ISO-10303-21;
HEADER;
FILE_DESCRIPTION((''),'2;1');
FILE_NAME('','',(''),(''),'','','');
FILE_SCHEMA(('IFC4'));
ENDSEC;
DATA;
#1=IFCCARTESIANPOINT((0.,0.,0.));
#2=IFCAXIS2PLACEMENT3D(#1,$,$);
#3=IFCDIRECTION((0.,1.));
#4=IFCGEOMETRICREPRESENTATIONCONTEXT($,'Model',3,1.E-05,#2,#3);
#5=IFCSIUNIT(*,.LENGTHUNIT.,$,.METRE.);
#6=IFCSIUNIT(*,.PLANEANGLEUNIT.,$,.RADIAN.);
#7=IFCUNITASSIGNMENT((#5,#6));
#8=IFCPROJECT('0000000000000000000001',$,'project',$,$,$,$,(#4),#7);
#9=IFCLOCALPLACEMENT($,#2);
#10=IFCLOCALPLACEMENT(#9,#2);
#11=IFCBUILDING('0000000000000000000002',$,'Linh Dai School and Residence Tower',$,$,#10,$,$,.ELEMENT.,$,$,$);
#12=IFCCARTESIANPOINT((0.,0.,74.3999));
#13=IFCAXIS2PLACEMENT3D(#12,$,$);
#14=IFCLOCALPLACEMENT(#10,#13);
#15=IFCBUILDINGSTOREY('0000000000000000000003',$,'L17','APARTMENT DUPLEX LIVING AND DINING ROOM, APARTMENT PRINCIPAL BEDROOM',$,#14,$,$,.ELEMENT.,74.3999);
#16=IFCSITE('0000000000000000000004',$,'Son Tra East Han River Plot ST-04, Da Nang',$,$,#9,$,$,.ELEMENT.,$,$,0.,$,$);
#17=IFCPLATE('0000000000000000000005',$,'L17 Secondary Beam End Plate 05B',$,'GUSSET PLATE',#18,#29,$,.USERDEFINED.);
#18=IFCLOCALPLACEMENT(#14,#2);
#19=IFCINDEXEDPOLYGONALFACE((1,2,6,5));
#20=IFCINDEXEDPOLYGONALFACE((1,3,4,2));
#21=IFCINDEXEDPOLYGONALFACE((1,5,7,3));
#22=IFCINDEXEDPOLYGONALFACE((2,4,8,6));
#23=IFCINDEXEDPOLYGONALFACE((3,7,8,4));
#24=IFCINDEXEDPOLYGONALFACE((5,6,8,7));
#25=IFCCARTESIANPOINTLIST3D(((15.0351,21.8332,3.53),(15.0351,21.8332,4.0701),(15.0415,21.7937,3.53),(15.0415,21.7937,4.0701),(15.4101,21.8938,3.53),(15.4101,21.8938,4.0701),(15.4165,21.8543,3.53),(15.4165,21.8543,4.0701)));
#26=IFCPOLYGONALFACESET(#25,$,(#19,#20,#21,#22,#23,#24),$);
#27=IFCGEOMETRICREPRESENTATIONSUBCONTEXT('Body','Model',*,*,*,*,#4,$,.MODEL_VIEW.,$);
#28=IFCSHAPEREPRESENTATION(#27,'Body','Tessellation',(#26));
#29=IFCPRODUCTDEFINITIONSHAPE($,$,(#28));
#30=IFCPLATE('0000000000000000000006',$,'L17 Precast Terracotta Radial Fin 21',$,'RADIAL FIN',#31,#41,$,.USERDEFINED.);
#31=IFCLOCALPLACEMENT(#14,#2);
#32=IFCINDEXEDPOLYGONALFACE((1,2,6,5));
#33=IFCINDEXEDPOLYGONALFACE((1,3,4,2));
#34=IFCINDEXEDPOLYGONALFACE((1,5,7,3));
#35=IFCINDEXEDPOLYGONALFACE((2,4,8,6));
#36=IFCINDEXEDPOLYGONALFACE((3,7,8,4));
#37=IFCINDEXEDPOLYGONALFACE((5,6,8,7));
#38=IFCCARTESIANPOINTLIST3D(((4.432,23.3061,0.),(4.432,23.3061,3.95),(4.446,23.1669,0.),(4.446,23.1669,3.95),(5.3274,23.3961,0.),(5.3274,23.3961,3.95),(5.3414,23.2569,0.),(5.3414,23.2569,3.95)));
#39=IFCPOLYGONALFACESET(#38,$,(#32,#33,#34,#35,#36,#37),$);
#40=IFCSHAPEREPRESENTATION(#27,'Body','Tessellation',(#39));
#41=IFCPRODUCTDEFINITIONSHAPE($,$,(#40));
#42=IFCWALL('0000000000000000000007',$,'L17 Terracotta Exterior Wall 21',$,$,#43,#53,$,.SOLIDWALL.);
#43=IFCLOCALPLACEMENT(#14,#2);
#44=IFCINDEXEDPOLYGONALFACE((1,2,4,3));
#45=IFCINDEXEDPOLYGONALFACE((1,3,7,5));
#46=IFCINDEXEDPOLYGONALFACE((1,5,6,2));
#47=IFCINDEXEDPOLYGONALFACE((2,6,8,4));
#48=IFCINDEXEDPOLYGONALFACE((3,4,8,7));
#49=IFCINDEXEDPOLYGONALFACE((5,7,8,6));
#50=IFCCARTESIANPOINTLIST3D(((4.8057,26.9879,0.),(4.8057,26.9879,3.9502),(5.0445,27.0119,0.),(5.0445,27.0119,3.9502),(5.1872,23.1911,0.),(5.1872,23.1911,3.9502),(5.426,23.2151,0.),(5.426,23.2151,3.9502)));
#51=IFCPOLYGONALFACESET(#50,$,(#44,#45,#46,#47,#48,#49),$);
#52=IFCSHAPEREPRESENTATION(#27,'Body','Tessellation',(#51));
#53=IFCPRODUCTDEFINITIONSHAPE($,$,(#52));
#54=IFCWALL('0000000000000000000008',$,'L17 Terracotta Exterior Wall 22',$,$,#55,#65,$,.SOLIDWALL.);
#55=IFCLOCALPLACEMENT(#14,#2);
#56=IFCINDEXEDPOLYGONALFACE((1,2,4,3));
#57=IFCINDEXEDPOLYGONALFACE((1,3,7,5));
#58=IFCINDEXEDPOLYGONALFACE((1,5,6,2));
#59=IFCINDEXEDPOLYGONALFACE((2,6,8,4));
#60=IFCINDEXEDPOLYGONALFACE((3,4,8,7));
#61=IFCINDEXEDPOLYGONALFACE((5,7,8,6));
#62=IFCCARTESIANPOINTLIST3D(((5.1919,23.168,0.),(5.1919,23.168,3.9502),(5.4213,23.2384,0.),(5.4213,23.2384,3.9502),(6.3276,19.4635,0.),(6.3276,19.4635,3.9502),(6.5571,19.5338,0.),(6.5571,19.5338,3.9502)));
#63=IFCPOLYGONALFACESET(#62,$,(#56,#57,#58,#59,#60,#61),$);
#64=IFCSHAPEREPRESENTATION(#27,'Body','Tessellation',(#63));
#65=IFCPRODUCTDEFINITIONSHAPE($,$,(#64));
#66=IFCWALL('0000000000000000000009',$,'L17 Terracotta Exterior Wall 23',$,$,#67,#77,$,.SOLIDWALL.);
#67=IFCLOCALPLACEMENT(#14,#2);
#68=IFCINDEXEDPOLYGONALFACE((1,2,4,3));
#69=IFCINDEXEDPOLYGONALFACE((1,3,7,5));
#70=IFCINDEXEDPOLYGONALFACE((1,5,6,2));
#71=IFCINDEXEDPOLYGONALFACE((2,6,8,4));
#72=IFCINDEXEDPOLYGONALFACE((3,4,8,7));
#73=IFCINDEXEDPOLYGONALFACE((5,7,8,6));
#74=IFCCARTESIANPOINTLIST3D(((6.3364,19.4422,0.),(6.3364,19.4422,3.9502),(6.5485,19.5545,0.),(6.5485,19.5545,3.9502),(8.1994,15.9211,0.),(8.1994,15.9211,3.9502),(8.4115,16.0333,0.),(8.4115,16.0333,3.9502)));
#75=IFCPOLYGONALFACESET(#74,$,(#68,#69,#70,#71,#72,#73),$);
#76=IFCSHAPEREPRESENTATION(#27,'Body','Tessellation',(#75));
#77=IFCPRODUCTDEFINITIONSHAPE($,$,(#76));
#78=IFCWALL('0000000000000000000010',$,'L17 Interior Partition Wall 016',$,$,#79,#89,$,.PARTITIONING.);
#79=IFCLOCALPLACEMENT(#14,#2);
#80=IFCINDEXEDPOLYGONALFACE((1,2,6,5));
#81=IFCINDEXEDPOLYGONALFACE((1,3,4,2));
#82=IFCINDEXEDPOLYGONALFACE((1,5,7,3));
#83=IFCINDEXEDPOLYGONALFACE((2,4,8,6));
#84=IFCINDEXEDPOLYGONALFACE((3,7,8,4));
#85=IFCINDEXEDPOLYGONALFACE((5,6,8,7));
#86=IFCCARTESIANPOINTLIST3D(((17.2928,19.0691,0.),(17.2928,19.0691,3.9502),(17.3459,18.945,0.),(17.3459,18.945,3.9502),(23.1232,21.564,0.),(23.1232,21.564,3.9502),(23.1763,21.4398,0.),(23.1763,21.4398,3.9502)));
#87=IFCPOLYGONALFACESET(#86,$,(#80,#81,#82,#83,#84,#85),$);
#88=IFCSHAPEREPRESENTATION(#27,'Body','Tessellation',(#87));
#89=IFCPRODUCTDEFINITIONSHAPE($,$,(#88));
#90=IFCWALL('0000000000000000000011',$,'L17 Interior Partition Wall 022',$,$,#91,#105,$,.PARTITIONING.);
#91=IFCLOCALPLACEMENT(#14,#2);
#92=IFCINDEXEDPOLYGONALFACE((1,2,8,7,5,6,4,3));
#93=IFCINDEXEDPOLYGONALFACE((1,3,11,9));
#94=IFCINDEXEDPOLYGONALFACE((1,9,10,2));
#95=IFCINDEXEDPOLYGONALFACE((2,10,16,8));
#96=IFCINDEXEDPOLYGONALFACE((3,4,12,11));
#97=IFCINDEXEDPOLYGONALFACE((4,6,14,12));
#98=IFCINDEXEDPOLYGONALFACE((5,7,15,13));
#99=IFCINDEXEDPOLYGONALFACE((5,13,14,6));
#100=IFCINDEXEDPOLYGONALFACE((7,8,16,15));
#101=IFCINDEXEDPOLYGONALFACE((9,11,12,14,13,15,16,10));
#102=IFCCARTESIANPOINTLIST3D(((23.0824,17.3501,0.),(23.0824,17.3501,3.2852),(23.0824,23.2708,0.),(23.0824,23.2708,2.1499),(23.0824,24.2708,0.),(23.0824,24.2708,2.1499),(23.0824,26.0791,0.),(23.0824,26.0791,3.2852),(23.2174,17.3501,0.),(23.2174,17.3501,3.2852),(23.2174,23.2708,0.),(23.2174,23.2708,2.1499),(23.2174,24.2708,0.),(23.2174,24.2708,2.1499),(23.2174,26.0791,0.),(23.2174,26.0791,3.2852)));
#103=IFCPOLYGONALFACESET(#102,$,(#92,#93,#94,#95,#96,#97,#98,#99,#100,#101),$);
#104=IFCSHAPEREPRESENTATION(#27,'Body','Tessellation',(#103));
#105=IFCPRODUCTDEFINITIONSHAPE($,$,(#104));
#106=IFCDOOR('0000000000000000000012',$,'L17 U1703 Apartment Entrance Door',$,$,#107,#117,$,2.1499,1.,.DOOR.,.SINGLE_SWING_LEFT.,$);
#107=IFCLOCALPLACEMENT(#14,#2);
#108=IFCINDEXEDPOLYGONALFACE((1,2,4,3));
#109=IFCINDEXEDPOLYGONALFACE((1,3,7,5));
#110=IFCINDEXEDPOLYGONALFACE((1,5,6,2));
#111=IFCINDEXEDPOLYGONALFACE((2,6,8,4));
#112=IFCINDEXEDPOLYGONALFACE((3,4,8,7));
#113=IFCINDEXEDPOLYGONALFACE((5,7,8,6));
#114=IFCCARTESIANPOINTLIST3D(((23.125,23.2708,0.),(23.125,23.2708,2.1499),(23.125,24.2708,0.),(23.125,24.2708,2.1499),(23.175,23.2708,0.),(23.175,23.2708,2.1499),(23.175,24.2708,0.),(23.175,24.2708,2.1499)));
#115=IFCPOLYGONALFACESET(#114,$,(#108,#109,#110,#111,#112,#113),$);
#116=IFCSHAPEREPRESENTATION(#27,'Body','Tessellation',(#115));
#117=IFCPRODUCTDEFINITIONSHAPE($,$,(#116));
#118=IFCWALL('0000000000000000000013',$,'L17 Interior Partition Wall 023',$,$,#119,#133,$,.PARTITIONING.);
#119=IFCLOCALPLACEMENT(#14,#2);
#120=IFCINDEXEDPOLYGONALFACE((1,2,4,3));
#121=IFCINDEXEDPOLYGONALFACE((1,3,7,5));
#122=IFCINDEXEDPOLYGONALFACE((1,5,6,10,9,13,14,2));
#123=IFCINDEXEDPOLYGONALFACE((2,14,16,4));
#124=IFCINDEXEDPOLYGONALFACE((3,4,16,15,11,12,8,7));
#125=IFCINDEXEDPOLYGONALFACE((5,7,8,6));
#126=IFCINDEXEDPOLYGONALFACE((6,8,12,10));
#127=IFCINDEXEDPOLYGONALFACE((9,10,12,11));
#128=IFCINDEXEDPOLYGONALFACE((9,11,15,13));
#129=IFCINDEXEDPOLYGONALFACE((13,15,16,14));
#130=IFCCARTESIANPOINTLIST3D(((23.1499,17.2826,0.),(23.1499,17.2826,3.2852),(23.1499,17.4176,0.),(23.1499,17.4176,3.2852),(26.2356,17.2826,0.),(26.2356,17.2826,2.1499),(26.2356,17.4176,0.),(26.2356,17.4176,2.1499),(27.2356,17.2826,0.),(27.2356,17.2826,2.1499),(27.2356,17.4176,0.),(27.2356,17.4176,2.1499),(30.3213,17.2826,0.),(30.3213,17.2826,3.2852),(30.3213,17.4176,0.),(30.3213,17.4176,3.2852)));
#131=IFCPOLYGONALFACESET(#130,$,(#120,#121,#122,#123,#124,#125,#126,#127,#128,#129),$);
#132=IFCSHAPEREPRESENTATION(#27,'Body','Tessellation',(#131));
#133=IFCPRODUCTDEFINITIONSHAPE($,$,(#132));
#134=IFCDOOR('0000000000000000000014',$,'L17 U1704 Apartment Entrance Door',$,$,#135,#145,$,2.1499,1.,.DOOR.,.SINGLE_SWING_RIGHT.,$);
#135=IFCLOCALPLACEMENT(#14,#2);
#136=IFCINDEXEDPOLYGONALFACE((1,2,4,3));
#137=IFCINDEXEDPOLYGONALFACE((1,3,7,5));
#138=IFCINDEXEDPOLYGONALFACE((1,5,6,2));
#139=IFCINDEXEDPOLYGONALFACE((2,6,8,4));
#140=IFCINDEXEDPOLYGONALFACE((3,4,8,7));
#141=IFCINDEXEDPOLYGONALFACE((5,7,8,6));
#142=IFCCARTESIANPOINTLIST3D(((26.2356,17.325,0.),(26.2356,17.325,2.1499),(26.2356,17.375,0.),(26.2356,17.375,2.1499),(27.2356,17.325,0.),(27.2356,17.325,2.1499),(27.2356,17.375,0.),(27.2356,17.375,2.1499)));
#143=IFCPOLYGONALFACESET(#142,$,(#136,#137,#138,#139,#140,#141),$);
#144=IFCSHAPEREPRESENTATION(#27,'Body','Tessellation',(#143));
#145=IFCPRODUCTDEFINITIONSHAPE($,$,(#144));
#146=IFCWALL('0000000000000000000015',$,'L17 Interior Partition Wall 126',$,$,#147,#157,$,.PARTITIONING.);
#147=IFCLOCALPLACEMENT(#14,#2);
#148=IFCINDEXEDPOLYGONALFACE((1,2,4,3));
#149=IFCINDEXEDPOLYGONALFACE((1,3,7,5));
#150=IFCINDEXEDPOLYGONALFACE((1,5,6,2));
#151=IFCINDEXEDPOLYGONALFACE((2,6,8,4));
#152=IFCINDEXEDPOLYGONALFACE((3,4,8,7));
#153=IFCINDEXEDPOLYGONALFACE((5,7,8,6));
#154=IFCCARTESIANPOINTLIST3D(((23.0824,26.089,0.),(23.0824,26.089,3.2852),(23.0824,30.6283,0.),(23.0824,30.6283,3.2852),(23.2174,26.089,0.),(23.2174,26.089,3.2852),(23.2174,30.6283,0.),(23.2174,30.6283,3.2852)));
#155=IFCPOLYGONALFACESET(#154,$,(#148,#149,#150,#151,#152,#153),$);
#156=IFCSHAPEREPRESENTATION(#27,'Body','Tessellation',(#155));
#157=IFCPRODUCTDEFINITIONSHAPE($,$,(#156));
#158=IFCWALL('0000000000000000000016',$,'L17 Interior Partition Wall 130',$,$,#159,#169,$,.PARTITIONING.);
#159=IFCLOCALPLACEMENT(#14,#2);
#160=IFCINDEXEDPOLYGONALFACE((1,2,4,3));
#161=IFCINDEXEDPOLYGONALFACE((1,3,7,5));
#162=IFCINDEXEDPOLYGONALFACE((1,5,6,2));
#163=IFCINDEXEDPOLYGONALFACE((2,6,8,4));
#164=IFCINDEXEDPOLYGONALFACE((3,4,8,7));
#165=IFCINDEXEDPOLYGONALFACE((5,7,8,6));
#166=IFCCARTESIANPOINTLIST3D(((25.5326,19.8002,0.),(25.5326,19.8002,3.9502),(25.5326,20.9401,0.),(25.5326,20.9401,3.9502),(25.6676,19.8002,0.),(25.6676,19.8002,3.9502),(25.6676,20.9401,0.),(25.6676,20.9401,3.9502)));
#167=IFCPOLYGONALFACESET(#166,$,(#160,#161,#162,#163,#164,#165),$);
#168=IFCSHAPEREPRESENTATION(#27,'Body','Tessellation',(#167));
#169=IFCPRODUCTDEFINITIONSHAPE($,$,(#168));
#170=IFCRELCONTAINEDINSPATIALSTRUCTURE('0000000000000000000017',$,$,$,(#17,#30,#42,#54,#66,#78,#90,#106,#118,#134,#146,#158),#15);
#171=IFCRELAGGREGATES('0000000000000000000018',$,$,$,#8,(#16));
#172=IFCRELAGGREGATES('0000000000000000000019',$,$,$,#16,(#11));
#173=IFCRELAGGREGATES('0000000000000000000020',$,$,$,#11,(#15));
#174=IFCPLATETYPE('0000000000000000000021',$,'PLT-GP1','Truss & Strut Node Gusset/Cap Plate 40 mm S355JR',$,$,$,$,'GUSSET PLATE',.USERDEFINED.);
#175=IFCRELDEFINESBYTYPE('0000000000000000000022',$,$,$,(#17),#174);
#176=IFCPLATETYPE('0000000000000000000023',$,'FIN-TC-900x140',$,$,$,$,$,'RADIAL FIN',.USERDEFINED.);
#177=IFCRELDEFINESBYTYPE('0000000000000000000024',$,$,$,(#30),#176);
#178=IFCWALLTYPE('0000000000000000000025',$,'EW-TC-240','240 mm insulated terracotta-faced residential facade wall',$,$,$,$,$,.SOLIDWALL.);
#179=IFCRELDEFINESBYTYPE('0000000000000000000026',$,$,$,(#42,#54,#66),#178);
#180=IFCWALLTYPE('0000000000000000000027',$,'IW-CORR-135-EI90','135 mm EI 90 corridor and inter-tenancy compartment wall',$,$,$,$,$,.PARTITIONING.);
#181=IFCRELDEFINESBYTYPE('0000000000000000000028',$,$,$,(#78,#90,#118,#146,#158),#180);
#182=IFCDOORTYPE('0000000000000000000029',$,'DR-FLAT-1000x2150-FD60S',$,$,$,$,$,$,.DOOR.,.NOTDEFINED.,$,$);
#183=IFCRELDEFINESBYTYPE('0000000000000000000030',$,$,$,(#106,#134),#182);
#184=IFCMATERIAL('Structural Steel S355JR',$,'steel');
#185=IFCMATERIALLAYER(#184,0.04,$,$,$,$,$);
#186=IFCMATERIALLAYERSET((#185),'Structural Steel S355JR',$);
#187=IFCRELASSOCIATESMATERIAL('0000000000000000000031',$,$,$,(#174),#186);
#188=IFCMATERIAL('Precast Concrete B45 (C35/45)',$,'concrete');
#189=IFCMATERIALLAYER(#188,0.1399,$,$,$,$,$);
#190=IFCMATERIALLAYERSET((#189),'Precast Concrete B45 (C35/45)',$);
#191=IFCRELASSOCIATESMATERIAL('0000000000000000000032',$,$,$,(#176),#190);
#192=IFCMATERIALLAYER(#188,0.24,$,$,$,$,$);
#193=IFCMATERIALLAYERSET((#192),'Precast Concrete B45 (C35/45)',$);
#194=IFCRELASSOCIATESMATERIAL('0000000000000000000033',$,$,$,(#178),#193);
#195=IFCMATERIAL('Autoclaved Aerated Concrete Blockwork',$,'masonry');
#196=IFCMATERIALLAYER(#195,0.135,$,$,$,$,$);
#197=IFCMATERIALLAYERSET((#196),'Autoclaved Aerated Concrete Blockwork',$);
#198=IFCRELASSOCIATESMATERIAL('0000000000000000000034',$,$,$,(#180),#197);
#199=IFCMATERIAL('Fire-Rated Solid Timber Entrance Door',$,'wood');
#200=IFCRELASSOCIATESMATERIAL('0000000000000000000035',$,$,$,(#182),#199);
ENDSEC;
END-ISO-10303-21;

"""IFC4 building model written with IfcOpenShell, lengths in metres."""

from ifc_helpers import new_model, si_unit, direction, frame, frame_2d, origin, origin_2d, place, context, subcontext, project, spatial, rectangle, extrude, source, transform, mapped, material, layer, layer_set, type_object, element, fill, save


model = new_model("IFC4")

# Units and contexts
model_context = context("Model", 3, precision=1e-05, world=origin(), true_north=direction((0.0, 1.0)))
body_context = subcontext(model_context, "Body", "Model", "MODEL_VIEW")
ifc_project = project(units=[si_unit("LENGTHUNIT", "METRE"), si_unit("PLANEANGLEUNIT", "RADIAN")], contexts=[model_context])

# Site, building, storey
site_placement = place(None, origin())
site = spatial("IfcSite", under=ifc_project, at=site_placement, Name="Son Tra East Han River Plot ST-04, Da Nang", CompositionType="ELEMENT", RefElevation=0.0)
building_placement = place(site_placement, origin())
building = spatial("IfcBuilding", under=site, at=building_placement, Name="Linh Dai School and Residence Tower", CompositionType="ELEMENT")
storey_placement = place(building_placement, frame((0.0, 0.0, 74.3999)))
storey = spatial("IfcBuildingStorey", under=building, at=storey_placement, Name="L17", Description="APARTMENT DUPLEX LIVING AND DINING ROOM, APARTMENT PRINCIPAL BEDROOM", CompositionType="ELEMENT", Elevation=74.3999)

# Shared definitions
ifc_material_1 = material(Name="Structural Steel S355JR", Category="steel")

# Plates
ifc_layer_1 = layer(ifc_material_1, 0.04)
ifc_layer_set_1 = layer_set([ifc_layer_1], Name="Structural Steel S355JR")
plate_type_1 = type_object("IfcPlateType", Name="PLT-GP1", Description="Truss & Strut Node Gusset/Cap Plate 40 mm S355JR", ElementType="GUSSET PLATE", PredefinedType="USERDEFINED", material=ifc_layer_set_1)
shared_shape_1 = source(origin(), body_context, "Body", "SweptSolid", [
    extrude(rectangle(XDim=0.04, YDim=0.3799, at=origin_2d()), origin(), (0.0, 0.0, 1.0), 0.54),
])
plate_1_placement = place(storey_placement, frame((15.2258, 21.8438, 3.53), z_axis=(0.0, 0.0, 1.0), x_axis=(0.159659, -0.987172, 0.0)))
element("IfcPlate", 1, at=plate_1_placement, inside=storey, type_object=plate_type_1, Name="L17 Secondary Beam End Plate 05B", ObjectType="GUSSET PLATE", PredefinedType="USERDEFINED", context=body_context, shape_type="MappedRepresentation", body=[
    mapped(shared_shape_1, transform((0.0, 0.0, 0.0), x_axis=(1.0, 0.0, 0.0), y_axis=(0.0, 1.0, 0.0), z_axis=(0.0, 0.0, 1.0), scale=1.0)),
])
ifc_material_2 = material(Name="Precast Concrete B45 (C35/45)", Category="concrete")
ifc_layer_2 = layer(ifc_material_2, 0.1399)
ifc_layer_set_2 = layer_set([ifc_layer_2], Name="Precast Concrete B45 (C35/45)")
plate_type_2 = type_object("IfcPlateType", Name="FIN-TC-900x140", ElementType="RADIAL FIN", PredefinedType="USERDEFINED", material=ifc_layer_set_2)
shared_shape_2 = source(origin(), body_context, "Body", "SweptSolid", [
    extrude(rectangle(XDim=0.8999, YDim=0.1399, at=origin_2d()), origin(), (0.0, 0.0, 1.0), 3.95),
])
plate_2_placement = place(storey_placement, frame((4.8867, 23.2815, 0.0), z_axis=(0.0, 0.0, 1.0), x_axis=(-0.994986, -0.100009, 0.0)))
element("IfcPlate", 2, at=plate_2_placement, inside=storey, type_object=plate_type_2, Name="L17 Precast Terracotta Radial Fin 21", ObjectType="RADIAL FIN", PredefinedType="USERDEFINED", context=body_context, shape_type="MappedRepresentation", body=[
    mapped(shared_shape_2, transform((0.0, 0.0, 0.0), x_axis=(1.0, 0.0, 0.0), y_axis=(0.0, 1.0, 0.0), z_axis=(0.0, 0.0, 1.0), scale=1.0)),
])

# Walls
ifc_layer_3 = layer(ifc_material_2, 0.24)
ifc_layer_set_3 = layer_set([ifc_layer_3], Name="Precast Concrete B45 (C35/45)")
wall_type_1 = type_object("IfcWallType", Name="EW-TC-240", Description="240 mm insulated terracotta-faced residential facade wall", PredefinedType="SOLIDWALL", material=ifc_layer_set_3)
wall_1_placement = place(storey_placement, frame((5.3066, 23.2031, 0.0), z_axis=(0.0, 0.0, 1.0), x_axis=(-0.099998, 0.994988, 0.0)))
element("IfcWall", 3, at=wall_1_placement, inside=storey, type_object=wall_type_1, Name="L17 Terracotta Exterior Wall 21", PredefinedType="SOLIDWALL", context=body_context, shape_type="SweptSolid", body=[
    extrude(rectangle(XDim=3.8159, YDim=0.24, at=frame_2d((1.908, 0.0))), origin(), (0.0, 0.0, 1.0), 3.9502),
])
wall_2_placement = place(storey_placement, frame((6.4424, 19.4985, 0.0), z_axis=(0.0, 0.0, 1.0), x_axis=(-0.293112, 0.956078, 0.0)))
element("IfcWall", 4, at=wall_2_placement, inside=storey, type_object=wall_type_1, Name="L17 Terracotta Exterior Wall 22", PredefinedType="SOLIDWALL", context=body_context, shape_type="SweptSolid", body=[
    extrude(rectangle(XDim=3.8748, YDim=0.24, at=frame_2d((1.9375, 0.0))), origin(), (0.0, 0.0, 1.0), 3.9502),
])
wall_3_placement = place(storey_placement, frame((8.3054, 15.9773, 0.0), z_axis=(0.0, 0.0, 1.0), x_axis=(-0.467662, 0.883907, 0.0)))
element("IfcWall", 5, at=wall_3_placement, inside=storey, type_object=wall_type_1, Name="L17 Terracotta Exterior Wall 23", PredefinedType="SOLIDWALL", context=body_context, shape_type="SweptSolid", body=[
    extrude(rectangle(XDim=3.9836, YDim=0.24, at=frame_2d((1.9917, 0.0))), origin(), (0.0, 0.0, 1.0), 3.9502),
])
ifc_material_3 = material(Name="Autoclaved Aerated Concrete Blockwork", Category="masonry")
ifc_layer_4 = layer(ifc_material_3, 0.135)
ifc_layer_set_4 = layer_set([ifc_layer_4], Name="Autoclaved Aerated Concrete Blockwork")
wall_type_2 = type_object("IfcWallType", Name="IW-CORR-135-EI90", Description="135 mm EI 90 corridor and inter-tenancy compartment wall", PredefinedType="PARTITIONING", material=ifc_layer_set_4)
wall_4_placement = place(storey_placement, frame((17.3193, 19.0071, 0.0), z_axis=(0.0, 0.0, 1.0), x_axis=(0.91937, 0.393394, 0.0)))
element("IfcWall", 6, at=wall_4_placement, inside=storey, type_object=wall_type_2, Name="L17 Interior Partition Wall 016", PredefinedType="PARTITIONING", context=body_context, shape_type="SweptSolid", body=[
    extrude(rectangle(XDim=6.3418, YDim=0.135, at=frame_2d((3.1709, 0.0))), origin(), (0.0, 0.0, 1.0), 3.9502),
])

# Walls, openings, doors
wall_5_placement = place(storey_placement, frame((23.1499, 17.3501, 0.0), z_axis=(0.0, 0.0, 1.0), x_axis=(0.0, 1.0, 0.0)))
wall_5 = element("IfcWall", 7, at=wall_5_placement, inside=storey, type_object=wall_type_2, Name="L17 Interior Partition Wall 022", PredefinedType="PARTITIONING", context=body_context, shape_type="SweptSolid", body=[
    extrude(rectangle(XDim=8.729, YDim=0.135, at=frame_2d((4.3645, 0.0))), origin(), (0.0, 0.0, 1.0), 3.2852),
])
opening_1_placement = place(wall_5_placement, frame((5.9207, 0.0, 0.0)))
opening_1 = element("IfcOpeningElement", 8, at=opening_1_placement, cuts=wall_5, PredefinedType="OPENING", context=body_context, shape_type="SweptSolid", body=[
    extrude(rectangle(XDim=1.0, YDim=2.1499, at=origin_2d()), frame((0.5, 0.0776, 1.075), z_axis=(0.0, -1.0, 0.0), x_axis=(1.0, 0.0, 0.0)), (0.0, 0.0, 1.0), 0.155),
])
ifc_material_4 = material(Name="Fire-Rated Solid Timber Entrance Door", Category="wood")
door_type_1 = type_object("IfcDoorType", Name="DR-FLAT-1000x2150-FD60S", OperationType="NOTDEFINED", PredefinedType="DOOR", material=ifc_material_4)
shared_shape_3 = source(origin(), body_context, "Body", "SweptSolid", [
    extrude(rectangle(XDim=1.0, YDim=2.1499, at=origin_2d()), frame((0.5, 0.0249, 1.075), z_axis=(0.0, -1.0, 0.0), x_axis=(1.0, 0.0, 0.0)), (0.0, 0.0, 1.0), 0.05),
])
door_1_placement = place(opening_1_placement, origin())
door_1 = element("IfcDoor", 9, at=door_1_placement, inside=storey, type_object=door_type_1, Name="L17 U1703 Apartment Entrance Door", OperationType="SINGLE_SWING_LEFT", OverallHeight=2.1499, OverallWidth=1.0, PredefinedType="DOOR", context=body_context, shape_type="MappedRepresentation", body=[
    mapped(shared_shape_3, transform((0.0, 0.0, 0.0), x_axis=(1.0, 0.0, 0.0), y_axis=(0.0, 1.0, 0.0), z_axis=(0.0, 0.0, 1.0), scale=1.0)),
])
fill(opening_1, door_1)
wall_6_placement = place(storey_placement, frame((23.1499, 17.3501, 0.0), z_axis=(0.0, 0.0, 1.0), x_axis=(1.0, 0.0, 0.0)))
wall_6 = element("IfcWall", 10, at=wall_6_placement, inside=storey, type_object=wall_type_2, Name="L17 Interior Partition Wall 023", PredefinedType="PARTITIONING", context=body_context, shape_type="SweptSolid", body=[
    extrude(rectangle(XDim=7.1714, YDim=0.135, at=frame_2d((3.5857, 0.0))), origin(), (0.0, 0.0, 1.0), 3.2852),
])
opening_2_placement = place(wall_6_placement, frame((3.0857, 0.0, 0.0)))
opening_2 = element("IfcOpeningElement", 11, at=opening_2_placement, cuts=wall_6, PredefinedType="OPENING", context=body_context, shape_type="SweptSolid", body=[
    extrude(rectangle(XDim=1.0, YDim=2.1499, at=origin_2d()), frame((0.5, 0.0776, 1.075), z_axis=(0.0, -1.0, 0.0), x_axis=(1.0, 0.0, 0.0)), (0.0, 0.0, 1.0), 0.155),
])
door_2_placement = place(opening_2_placement, origin())
door_2 = element("IfcDoor", 12, at=door_2_placement, inside=storey, type_object=door_type_1, Name="L17 U1704 Apartment Entrance Door", OperationType="SINGLE_SWING_RIGHT", OverallHeight=2.1499, OverallWidth=1.0, PredefinedType="DOOR", context=body_context, shape_type="MappedRepresentation", body=[
    mapped(shared_shape_3, transform((0.0, 0.0, 0.0), x_axis=(1.0, 0.0, 0.0), y_axis=(0.0, 1.0, 0.0), z_axis=(0.0, 0.0, 1.0), scale=1.0)),
])
fill(opening_2, door_2)

# Walls
wall_7_placement = place(storey_placement, frame((23.1499, 26.0891, 0.0), z_axis=(0.0, 0.0, 1.0), x_axis=(0.0, 1.0, 0.0)))
element("IfcWall", 13, at=wall_7_placement, inside=storey, type_object=wall_type_2, Name="L17 Interior Partition Wall 126", PredefinedType="PARTITIONING", context=body_context, shape_type="SweptSolid", body=[
    extrude(rectangle(XDim=4.5393, YDim=0.135, at=frame_2d((2.2695, 0.0))), origin(), (0.0, 0.0, 1.0), 3.2852),
])
wall_8_placement = place(storey_placement, frame((25.6001, 20.9399, 0.0), z_axis=(0.0, 0.0, 1.0), x_axis=(0.0, -1.0, 0.0)))
element("IfcWall", 14, at=wall_8_placement, inside=storey, type_object=wall_type_2, Name="L17 Interior Partition Wall 130", PredefinedType="PARTITIONING", context=body_context, shape_type="SweptSolid", body=[
    extrude(rectangle(XDim=1.1399, YDim=0.135, at=frame_2d((0.5698, 0.0))), origin(), (0.0, 0.0, 1.0), 3.9502),
])

save(model, "model.ifc")
